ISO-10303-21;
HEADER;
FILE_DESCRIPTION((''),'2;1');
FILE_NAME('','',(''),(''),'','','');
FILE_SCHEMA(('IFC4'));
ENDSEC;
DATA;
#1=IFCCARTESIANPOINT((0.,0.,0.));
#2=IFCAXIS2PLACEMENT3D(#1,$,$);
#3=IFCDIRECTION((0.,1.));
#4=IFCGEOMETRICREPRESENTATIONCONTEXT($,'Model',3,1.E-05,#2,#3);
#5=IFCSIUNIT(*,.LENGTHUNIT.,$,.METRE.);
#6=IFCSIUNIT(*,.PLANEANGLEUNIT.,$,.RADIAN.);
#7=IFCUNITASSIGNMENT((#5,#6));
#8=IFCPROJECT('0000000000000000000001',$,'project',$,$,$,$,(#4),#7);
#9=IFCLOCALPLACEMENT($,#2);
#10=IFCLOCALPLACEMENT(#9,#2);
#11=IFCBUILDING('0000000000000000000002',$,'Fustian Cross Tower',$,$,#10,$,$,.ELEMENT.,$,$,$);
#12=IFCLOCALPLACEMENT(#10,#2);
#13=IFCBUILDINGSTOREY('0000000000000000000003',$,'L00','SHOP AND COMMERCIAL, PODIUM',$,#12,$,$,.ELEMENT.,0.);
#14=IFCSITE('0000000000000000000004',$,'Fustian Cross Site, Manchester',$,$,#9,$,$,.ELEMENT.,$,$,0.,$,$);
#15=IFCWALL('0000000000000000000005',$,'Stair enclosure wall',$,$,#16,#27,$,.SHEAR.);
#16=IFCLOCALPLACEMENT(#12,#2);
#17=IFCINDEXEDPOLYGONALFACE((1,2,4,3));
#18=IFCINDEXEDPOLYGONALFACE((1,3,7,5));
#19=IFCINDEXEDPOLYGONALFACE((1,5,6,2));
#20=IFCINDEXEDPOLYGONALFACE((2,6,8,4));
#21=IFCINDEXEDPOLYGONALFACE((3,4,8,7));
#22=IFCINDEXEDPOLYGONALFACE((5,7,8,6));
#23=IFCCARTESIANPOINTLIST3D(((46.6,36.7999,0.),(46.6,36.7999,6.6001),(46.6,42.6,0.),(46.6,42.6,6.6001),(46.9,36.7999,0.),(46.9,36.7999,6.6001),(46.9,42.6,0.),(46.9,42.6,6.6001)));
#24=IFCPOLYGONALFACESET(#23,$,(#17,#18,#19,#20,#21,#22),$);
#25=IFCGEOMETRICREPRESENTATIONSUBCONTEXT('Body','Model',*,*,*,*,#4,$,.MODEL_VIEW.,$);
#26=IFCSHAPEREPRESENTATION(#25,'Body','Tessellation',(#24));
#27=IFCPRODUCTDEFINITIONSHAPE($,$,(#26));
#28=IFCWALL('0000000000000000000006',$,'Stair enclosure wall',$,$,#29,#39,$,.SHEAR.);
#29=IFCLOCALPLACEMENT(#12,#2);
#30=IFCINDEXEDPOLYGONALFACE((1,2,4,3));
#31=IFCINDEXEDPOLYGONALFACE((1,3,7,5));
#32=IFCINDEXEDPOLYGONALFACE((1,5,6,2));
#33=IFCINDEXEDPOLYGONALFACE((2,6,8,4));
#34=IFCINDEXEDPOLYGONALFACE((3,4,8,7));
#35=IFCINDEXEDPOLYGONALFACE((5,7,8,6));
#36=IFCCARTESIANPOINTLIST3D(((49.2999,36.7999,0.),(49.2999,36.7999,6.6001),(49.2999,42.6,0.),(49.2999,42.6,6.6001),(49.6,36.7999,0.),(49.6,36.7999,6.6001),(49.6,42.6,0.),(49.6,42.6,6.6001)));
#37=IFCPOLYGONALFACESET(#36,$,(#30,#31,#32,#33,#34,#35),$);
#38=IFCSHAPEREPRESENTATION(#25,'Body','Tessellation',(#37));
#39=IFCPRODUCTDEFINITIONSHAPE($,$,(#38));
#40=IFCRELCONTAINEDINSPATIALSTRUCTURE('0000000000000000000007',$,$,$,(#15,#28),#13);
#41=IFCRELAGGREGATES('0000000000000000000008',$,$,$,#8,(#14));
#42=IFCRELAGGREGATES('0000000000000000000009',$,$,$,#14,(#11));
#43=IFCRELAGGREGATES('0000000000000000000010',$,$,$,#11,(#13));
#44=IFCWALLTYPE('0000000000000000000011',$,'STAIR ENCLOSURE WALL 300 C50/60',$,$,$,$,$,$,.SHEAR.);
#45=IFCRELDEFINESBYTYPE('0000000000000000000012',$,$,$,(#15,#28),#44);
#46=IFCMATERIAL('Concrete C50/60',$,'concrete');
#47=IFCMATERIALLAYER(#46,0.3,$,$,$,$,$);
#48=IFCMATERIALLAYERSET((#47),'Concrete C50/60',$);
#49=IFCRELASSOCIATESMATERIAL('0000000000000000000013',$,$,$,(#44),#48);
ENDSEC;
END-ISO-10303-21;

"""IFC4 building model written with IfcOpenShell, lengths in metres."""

from ifc_helpers import new_model, si_unit, direction, frame, frame_2d, origin, place, context, subcontext, project, spatial, rectangle, extrude, material, layer, layer_set, type_object, element, save


model = new_model("IFC4")

# Units and contexts
model_context = context("Model", 3, precision=1e-05, world=origin(), true_north=direction((0.0, 1.0)))
body_context = subcontext(model_context, "Body", "Model", "MODEL_VIEW")
ifc_project = project(units=[si_unit("LENGTHUNIT", "METRE"), si_unit("PLANEANGLEUNIT", "RADIAN")], contexts=[model_context])

# Site, building, storey
site_placement = place(None, origin())
site = spatial("IfcSite", under=ifc_project, at=site_placement, Name="Fustian Cross Site, Manchester", CompositionType="ELEMENT", RefElevation=0.0)
building_placement = place(site_placement, origin())
building = spatial("IfcBuilding", under=site, at=building_placement, Name="Fustian Cross Tower", CompositionType="ELEMENT")
storey_placement = place(building_placement, origin())
storey = spatial("IfcBuildingStorey", under=building, at=storey_placement, Name="L00", Description="SHOP AND COMMERCIAL, PODIUM", CompositionType="ELEMENT", Elevation=0.0)

# Shared definitions
ifc_material_1 = material(Name="Concrete C50/60", Category="concrete")
ifc_layer_1 = layer(ifc_material_1, 0.3)
ifc_layer_set_1 = layer_set([ifc_layer_1], Name="Concrete C50/60")
wall_type_1 = type_object("IfcWallType", Name="STAIR ENCLOSURE WALL 300 C50/60", PredefinedType="SHEAR", material=ifc_layer_set_1)

# Walls
for number, where, z_axis, x_axis, name in (
    (1, (46.75, 36.8, 0.0), (0.0, 0.0, 1.0), (0.0, 1.0, 0.0), "Stair enclosure wall"),
    (2, (49.45, 36.8, 0.0), (0.0, 0.0, 1.0), (0.0, 1.0, 0.0), "Stair enclosure wall"),
):
    element("IfcWall", number, at=place(storey_placement, frame(where, z_axis=z_axis, x_axis=x_axis)), inside=storey, type_object=wall_type_1, Name=name, PredefinedType="SHEAR", context=body_context, shape_type="SweptSolid", body=[
        extrude(rectangle(XDim=5.8, YDim=0.3, at=frame_2d((2.8999, 0.0))), origin(), (0.0, 0.0, 1.0), 6.6001),
    ])

save(model, "model.ifc")
